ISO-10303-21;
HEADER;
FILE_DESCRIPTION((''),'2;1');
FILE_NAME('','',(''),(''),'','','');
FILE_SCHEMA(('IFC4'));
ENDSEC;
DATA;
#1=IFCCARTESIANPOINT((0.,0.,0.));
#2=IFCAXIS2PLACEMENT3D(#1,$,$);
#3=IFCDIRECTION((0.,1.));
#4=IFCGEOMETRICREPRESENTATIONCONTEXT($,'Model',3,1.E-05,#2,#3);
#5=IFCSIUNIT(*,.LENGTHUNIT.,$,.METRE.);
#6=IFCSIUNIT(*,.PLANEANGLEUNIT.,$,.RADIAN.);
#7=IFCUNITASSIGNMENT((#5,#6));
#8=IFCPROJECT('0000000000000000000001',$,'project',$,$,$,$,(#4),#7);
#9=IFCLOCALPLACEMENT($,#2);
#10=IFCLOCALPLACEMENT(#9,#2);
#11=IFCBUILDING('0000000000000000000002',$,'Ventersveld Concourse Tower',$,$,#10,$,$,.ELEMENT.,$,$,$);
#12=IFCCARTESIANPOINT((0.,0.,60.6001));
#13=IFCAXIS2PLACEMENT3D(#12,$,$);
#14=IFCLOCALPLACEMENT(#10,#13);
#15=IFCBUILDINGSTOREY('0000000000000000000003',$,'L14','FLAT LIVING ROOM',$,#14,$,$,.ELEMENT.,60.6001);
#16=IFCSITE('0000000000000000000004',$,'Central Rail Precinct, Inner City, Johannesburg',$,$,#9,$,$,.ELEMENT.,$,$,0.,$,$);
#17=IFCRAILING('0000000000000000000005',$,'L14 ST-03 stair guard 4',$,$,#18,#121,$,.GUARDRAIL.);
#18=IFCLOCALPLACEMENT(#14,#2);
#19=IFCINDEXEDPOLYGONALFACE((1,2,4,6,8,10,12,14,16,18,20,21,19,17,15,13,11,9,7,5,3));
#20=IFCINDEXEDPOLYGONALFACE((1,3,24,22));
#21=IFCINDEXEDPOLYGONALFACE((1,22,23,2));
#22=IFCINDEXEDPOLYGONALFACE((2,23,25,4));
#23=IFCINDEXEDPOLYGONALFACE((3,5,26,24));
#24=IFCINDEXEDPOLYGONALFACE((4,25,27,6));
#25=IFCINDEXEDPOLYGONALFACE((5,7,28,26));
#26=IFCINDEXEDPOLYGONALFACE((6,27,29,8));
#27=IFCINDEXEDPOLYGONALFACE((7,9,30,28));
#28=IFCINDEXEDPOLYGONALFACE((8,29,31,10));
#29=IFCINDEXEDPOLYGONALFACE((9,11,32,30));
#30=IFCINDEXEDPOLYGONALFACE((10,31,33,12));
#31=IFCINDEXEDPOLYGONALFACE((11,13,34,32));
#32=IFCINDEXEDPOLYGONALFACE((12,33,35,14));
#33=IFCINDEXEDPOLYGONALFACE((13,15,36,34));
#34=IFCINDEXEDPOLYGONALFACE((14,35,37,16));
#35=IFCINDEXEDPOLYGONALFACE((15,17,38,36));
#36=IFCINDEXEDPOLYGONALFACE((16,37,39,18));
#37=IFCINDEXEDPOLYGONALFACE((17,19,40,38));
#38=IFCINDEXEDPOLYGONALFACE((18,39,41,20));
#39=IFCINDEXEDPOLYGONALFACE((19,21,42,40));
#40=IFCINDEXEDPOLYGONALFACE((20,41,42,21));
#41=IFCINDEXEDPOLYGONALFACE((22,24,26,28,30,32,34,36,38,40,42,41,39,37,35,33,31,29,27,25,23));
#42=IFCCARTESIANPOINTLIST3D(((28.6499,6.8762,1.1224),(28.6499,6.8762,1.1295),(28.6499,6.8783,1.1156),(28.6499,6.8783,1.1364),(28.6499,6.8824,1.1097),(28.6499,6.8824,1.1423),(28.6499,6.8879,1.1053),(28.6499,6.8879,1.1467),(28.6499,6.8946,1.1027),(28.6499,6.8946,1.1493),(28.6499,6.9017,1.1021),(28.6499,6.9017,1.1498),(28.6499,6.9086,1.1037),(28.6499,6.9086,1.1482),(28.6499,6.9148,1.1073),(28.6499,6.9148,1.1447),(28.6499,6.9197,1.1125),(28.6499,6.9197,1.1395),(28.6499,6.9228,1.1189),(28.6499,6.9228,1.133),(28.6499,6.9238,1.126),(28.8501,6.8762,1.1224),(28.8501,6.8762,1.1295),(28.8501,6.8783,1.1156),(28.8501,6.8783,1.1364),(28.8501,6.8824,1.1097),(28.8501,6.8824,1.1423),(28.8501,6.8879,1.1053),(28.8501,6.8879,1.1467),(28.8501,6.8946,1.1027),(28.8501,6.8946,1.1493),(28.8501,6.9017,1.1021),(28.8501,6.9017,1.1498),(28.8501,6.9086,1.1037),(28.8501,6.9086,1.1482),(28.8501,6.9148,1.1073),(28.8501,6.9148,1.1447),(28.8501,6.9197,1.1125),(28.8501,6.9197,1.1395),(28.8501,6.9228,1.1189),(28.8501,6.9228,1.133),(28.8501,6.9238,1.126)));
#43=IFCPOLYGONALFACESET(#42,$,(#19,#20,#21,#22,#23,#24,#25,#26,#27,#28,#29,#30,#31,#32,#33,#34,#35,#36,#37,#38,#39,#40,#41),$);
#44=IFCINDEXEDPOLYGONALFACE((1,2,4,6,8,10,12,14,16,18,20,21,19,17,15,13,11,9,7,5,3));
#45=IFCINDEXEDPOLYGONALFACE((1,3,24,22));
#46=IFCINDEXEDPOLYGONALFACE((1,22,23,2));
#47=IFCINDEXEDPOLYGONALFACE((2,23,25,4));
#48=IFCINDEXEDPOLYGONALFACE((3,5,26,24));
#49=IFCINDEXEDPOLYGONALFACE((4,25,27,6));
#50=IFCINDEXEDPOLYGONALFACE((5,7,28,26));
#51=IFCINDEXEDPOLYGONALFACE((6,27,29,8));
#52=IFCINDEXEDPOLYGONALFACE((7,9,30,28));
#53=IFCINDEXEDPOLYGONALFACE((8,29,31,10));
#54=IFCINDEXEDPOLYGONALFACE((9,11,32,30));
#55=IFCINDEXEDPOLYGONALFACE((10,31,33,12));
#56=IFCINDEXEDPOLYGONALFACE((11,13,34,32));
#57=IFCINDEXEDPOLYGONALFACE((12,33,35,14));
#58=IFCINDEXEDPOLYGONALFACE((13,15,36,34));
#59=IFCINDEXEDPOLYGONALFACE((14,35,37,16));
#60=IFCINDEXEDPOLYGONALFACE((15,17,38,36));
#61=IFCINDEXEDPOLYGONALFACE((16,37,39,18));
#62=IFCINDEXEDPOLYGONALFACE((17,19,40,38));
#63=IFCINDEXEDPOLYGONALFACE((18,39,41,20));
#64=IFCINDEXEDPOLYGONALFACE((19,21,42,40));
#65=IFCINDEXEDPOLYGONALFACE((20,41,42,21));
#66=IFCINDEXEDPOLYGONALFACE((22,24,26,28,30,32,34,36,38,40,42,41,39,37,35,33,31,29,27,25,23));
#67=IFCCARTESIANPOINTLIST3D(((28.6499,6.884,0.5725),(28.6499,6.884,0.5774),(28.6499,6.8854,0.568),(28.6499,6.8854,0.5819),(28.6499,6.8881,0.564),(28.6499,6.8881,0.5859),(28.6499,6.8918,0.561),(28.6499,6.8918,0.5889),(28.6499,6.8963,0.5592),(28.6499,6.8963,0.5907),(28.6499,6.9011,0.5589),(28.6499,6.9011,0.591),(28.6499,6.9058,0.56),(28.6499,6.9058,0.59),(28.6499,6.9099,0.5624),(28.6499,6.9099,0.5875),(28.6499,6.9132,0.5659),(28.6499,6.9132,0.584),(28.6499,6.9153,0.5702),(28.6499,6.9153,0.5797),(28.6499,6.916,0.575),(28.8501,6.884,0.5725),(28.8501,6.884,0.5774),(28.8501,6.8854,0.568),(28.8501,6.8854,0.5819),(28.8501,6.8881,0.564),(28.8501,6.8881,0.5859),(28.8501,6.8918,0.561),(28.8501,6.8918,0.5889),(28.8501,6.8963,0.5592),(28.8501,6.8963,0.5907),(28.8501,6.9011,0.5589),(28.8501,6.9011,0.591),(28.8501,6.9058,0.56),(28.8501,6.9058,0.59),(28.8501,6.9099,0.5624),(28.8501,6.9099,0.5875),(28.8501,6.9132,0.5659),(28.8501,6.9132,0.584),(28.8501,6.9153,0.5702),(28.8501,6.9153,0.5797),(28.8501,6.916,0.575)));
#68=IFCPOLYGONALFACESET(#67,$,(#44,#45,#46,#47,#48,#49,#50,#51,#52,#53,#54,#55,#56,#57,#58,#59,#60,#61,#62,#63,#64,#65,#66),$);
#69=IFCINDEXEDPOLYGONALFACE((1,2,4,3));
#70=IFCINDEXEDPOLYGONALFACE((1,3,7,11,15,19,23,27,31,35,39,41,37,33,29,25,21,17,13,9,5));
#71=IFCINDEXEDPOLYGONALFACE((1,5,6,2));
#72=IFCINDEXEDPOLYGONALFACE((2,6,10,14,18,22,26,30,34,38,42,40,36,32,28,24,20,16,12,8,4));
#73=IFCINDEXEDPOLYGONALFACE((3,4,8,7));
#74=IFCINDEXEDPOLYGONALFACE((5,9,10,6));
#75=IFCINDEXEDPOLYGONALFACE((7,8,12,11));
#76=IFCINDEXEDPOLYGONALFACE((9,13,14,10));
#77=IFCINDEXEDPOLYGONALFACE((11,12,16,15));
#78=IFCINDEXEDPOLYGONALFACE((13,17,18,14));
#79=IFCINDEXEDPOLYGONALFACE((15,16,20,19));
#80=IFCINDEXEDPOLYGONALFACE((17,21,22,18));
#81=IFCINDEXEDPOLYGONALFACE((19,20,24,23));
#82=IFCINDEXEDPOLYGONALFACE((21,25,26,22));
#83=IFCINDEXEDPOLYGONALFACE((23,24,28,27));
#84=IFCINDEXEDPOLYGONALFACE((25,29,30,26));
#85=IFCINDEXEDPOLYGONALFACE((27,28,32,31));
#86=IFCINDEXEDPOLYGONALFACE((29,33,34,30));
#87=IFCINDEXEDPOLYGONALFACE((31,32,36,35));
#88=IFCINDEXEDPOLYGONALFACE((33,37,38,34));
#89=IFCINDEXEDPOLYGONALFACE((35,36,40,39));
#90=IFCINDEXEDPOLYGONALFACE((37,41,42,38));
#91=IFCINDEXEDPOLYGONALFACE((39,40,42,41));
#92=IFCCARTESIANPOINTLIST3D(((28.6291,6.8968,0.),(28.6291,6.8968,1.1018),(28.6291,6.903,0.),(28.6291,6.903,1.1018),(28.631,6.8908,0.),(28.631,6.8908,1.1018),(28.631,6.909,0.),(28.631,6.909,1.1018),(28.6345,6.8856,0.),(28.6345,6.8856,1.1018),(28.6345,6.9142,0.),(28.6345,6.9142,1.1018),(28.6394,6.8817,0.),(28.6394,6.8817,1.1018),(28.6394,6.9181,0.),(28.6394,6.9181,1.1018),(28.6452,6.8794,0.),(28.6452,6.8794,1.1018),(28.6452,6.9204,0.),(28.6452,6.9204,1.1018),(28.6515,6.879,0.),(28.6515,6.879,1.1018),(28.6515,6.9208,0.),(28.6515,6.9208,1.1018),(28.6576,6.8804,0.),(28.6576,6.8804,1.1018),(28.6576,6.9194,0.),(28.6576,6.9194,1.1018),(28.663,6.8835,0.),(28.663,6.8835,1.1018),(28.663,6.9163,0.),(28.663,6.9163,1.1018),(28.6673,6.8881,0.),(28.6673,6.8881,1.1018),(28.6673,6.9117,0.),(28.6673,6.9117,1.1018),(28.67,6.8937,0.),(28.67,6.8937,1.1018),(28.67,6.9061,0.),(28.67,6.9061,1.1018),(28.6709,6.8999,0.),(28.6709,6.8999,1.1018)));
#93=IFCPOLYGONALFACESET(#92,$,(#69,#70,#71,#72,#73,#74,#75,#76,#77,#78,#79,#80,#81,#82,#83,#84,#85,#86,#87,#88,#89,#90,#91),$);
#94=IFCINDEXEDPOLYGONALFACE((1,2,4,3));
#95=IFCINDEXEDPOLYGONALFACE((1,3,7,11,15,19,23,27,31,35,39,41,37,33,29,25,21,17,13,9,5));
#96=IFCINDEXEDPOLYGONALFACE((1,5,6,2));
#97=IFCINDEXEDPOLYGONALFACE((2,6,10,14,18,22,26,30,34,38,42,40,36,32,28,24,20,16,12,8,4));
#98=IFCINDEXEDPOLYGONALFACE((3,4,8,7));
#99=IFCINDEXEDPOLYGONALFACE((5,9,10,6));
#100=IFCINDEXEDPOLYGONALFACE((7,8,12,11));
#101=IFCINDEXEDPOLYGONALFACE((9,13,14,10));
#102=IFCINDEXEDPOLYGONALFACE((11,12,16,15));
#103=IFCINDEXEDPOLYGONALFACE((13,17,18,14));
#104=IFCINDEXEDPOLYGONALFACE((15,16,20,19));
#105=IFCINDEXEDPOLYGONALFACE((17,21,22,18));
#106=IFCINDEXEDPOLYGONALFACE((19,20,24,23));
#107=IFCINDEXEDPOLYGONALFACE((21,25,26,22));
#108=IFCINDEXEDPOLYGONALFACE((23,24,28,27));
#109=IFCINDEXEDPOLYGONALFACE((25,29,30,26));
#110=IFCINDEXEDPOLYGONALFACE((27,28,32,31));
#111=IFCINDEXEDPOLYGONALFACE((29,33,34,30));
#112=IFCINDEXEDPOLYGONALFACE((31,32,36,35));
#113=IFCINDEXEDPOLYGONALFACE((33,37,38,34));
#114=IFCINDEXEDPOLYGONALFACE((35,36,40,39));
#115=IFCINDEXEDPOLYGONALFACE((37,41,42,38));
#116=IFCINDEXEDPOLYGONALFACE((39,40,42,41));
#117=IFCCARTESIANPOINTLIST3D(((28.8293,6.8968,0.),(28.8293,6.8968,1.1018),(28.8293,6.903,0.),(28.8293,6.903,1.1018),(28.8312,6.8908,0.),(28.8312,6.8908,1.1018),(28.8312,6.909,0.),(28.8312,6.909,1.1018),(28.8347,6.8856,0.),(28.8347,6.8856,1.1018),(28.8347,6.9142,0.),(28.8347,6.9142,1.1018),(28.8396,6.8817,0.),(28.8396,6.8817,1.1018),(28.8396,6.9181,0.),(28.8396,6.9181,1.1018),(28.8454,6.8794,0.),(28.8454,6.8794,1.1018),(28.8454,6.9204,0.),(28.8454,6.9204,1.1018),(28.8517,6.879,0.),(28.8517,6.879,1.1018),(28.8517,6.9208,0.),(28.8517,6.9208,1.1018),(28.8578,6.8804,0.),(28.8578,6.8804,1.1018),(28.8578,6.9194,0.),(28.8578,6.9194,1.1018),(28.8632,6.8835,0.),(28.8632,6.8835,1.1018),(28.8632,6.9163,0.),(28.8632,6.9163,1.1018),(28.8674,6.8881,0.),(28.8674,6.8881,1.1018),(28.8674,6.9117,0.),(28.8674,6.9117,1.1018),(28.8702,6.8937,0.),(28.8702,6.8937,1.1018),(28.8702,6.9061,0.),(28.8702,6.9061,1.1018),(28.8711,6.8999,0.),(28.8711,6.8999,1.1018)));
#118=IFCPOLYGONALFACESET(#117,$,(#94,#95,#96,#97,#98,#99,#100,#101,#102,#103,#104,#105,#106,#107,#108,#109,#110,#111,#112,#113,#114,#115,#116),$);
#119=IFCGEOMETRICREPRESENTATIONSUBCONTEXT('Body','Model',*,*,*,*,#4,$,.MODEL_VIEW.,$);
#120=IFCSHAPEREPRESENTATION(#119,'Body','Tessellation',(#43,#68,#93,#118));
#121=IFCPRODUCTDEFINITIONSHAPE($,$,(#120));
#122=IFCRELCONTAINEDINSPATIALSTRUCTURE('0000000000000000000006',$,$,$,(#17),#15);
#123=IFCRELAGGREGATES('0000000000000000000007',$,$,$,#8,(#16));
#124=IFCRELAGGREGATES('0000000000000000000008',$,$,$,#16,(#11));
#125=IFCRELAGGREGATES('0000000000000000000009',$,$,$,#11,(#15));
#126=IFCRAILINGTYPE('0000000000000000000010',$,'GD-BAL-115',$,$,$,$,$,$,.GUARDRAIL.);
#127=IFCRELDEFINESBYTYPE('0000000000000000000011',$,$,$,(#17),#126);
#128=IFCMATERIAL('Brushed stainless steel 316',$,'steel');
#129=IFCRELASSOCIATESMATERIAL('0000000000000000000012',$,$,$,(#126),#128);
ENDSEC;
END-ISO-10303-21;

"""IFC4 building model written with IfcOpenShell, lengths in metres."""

from ifc_helpers import new_model, si_unit, direction, frame, origin, origin_2d, place, context, subcontext, project, spatial, circle, extrude, material, type_object, element, save


model = new_model("IFC4")

# Units and contexts
model_context = context("Model", 3, precision=1e-05, world=origin(), true_north=direction((0.0, 1.0)))
body_context = subcontext(model_context, "Body", "Model", "MODEL_VIEW")
ifc_project = project(units=[si_unit("LENGTHUNIT", "METRE"), si_unit("PLANEANGLEUNIT", "RADIAN")], contexts=[model_context])

# Site, building, storey
site_placement = place(None, origin())
site = spatial("IfcSite", under=ifc_project, at=site_placement, Name="Central Rail Precinct, Inner City, Johannesburg", CompositionType="ELEMENT", RefElevation=0.0)
building_placement = place(site_placement, origin())
building = spatial("IfcBuilding", under=site, at=building_placement, Name="Ventersveld Concourse Tower", CompositionType="ELEMENT")
storey_placement = place(building_placement, frame((0.0, 0.0, 60.6001)))
storey = spatial("IfcBuildingStorey", under=building, at=storey_placement, Name="L14", Description="FLAT LIVING ROOM", CompositionType="ELEMENT", Elevation=60.6001)

# Shared definitions
ifc_material_1 = material(Name="Brushed stainless steel 316", Category="steel")

# Railing
railing_type = type_object("IfcRailingType", Name="GD-BAL-115", PredefinedType="GUARDRAIL", material=ifc_material_1)
railing_1_placement = place(storey_placement, frame((28.6499, 6.8999, 0.0)))
element("IfcRailing", 1, at=railing_1_placement, inside=storey, type_object=railing_type, Name="L14 ST-03 stair guard 4", PredefinedType="GUARDRAIL", context=body_context, shape_type="SweptSolid", body=[
    extrude(circle(Radius=0.0239, at=origin_2d()), frame((0.0, 0.0, 1.126), z_axis=(1.0, 0.0, 0.0), x_axis=(0.0, 1.0, 0.0)), (0.0, 0.0, 1.0), 0.2002),
    extrude(circle(Radius=0.0161, at=origin_2d()), frame((0.0, 0.0, 0.575), z_axis=(1.0, 0.0, 0.0), x_axis=(0.0, 1.0, 0.0)), (0.0, 0.0, 1.0), 0.2002),
    extrude(circle(Radius=0.021, at=origin_2d()), origin(), (0.0, 0.0, 1.0), 1.1018),
    extrude(circle(Radius=0.021, at=origin_2d()), frame((0.2002, 0.0, 0.0)), (0.0, 0.0, 1.0), 1.1018),
])

save(model, "model.ifc")
